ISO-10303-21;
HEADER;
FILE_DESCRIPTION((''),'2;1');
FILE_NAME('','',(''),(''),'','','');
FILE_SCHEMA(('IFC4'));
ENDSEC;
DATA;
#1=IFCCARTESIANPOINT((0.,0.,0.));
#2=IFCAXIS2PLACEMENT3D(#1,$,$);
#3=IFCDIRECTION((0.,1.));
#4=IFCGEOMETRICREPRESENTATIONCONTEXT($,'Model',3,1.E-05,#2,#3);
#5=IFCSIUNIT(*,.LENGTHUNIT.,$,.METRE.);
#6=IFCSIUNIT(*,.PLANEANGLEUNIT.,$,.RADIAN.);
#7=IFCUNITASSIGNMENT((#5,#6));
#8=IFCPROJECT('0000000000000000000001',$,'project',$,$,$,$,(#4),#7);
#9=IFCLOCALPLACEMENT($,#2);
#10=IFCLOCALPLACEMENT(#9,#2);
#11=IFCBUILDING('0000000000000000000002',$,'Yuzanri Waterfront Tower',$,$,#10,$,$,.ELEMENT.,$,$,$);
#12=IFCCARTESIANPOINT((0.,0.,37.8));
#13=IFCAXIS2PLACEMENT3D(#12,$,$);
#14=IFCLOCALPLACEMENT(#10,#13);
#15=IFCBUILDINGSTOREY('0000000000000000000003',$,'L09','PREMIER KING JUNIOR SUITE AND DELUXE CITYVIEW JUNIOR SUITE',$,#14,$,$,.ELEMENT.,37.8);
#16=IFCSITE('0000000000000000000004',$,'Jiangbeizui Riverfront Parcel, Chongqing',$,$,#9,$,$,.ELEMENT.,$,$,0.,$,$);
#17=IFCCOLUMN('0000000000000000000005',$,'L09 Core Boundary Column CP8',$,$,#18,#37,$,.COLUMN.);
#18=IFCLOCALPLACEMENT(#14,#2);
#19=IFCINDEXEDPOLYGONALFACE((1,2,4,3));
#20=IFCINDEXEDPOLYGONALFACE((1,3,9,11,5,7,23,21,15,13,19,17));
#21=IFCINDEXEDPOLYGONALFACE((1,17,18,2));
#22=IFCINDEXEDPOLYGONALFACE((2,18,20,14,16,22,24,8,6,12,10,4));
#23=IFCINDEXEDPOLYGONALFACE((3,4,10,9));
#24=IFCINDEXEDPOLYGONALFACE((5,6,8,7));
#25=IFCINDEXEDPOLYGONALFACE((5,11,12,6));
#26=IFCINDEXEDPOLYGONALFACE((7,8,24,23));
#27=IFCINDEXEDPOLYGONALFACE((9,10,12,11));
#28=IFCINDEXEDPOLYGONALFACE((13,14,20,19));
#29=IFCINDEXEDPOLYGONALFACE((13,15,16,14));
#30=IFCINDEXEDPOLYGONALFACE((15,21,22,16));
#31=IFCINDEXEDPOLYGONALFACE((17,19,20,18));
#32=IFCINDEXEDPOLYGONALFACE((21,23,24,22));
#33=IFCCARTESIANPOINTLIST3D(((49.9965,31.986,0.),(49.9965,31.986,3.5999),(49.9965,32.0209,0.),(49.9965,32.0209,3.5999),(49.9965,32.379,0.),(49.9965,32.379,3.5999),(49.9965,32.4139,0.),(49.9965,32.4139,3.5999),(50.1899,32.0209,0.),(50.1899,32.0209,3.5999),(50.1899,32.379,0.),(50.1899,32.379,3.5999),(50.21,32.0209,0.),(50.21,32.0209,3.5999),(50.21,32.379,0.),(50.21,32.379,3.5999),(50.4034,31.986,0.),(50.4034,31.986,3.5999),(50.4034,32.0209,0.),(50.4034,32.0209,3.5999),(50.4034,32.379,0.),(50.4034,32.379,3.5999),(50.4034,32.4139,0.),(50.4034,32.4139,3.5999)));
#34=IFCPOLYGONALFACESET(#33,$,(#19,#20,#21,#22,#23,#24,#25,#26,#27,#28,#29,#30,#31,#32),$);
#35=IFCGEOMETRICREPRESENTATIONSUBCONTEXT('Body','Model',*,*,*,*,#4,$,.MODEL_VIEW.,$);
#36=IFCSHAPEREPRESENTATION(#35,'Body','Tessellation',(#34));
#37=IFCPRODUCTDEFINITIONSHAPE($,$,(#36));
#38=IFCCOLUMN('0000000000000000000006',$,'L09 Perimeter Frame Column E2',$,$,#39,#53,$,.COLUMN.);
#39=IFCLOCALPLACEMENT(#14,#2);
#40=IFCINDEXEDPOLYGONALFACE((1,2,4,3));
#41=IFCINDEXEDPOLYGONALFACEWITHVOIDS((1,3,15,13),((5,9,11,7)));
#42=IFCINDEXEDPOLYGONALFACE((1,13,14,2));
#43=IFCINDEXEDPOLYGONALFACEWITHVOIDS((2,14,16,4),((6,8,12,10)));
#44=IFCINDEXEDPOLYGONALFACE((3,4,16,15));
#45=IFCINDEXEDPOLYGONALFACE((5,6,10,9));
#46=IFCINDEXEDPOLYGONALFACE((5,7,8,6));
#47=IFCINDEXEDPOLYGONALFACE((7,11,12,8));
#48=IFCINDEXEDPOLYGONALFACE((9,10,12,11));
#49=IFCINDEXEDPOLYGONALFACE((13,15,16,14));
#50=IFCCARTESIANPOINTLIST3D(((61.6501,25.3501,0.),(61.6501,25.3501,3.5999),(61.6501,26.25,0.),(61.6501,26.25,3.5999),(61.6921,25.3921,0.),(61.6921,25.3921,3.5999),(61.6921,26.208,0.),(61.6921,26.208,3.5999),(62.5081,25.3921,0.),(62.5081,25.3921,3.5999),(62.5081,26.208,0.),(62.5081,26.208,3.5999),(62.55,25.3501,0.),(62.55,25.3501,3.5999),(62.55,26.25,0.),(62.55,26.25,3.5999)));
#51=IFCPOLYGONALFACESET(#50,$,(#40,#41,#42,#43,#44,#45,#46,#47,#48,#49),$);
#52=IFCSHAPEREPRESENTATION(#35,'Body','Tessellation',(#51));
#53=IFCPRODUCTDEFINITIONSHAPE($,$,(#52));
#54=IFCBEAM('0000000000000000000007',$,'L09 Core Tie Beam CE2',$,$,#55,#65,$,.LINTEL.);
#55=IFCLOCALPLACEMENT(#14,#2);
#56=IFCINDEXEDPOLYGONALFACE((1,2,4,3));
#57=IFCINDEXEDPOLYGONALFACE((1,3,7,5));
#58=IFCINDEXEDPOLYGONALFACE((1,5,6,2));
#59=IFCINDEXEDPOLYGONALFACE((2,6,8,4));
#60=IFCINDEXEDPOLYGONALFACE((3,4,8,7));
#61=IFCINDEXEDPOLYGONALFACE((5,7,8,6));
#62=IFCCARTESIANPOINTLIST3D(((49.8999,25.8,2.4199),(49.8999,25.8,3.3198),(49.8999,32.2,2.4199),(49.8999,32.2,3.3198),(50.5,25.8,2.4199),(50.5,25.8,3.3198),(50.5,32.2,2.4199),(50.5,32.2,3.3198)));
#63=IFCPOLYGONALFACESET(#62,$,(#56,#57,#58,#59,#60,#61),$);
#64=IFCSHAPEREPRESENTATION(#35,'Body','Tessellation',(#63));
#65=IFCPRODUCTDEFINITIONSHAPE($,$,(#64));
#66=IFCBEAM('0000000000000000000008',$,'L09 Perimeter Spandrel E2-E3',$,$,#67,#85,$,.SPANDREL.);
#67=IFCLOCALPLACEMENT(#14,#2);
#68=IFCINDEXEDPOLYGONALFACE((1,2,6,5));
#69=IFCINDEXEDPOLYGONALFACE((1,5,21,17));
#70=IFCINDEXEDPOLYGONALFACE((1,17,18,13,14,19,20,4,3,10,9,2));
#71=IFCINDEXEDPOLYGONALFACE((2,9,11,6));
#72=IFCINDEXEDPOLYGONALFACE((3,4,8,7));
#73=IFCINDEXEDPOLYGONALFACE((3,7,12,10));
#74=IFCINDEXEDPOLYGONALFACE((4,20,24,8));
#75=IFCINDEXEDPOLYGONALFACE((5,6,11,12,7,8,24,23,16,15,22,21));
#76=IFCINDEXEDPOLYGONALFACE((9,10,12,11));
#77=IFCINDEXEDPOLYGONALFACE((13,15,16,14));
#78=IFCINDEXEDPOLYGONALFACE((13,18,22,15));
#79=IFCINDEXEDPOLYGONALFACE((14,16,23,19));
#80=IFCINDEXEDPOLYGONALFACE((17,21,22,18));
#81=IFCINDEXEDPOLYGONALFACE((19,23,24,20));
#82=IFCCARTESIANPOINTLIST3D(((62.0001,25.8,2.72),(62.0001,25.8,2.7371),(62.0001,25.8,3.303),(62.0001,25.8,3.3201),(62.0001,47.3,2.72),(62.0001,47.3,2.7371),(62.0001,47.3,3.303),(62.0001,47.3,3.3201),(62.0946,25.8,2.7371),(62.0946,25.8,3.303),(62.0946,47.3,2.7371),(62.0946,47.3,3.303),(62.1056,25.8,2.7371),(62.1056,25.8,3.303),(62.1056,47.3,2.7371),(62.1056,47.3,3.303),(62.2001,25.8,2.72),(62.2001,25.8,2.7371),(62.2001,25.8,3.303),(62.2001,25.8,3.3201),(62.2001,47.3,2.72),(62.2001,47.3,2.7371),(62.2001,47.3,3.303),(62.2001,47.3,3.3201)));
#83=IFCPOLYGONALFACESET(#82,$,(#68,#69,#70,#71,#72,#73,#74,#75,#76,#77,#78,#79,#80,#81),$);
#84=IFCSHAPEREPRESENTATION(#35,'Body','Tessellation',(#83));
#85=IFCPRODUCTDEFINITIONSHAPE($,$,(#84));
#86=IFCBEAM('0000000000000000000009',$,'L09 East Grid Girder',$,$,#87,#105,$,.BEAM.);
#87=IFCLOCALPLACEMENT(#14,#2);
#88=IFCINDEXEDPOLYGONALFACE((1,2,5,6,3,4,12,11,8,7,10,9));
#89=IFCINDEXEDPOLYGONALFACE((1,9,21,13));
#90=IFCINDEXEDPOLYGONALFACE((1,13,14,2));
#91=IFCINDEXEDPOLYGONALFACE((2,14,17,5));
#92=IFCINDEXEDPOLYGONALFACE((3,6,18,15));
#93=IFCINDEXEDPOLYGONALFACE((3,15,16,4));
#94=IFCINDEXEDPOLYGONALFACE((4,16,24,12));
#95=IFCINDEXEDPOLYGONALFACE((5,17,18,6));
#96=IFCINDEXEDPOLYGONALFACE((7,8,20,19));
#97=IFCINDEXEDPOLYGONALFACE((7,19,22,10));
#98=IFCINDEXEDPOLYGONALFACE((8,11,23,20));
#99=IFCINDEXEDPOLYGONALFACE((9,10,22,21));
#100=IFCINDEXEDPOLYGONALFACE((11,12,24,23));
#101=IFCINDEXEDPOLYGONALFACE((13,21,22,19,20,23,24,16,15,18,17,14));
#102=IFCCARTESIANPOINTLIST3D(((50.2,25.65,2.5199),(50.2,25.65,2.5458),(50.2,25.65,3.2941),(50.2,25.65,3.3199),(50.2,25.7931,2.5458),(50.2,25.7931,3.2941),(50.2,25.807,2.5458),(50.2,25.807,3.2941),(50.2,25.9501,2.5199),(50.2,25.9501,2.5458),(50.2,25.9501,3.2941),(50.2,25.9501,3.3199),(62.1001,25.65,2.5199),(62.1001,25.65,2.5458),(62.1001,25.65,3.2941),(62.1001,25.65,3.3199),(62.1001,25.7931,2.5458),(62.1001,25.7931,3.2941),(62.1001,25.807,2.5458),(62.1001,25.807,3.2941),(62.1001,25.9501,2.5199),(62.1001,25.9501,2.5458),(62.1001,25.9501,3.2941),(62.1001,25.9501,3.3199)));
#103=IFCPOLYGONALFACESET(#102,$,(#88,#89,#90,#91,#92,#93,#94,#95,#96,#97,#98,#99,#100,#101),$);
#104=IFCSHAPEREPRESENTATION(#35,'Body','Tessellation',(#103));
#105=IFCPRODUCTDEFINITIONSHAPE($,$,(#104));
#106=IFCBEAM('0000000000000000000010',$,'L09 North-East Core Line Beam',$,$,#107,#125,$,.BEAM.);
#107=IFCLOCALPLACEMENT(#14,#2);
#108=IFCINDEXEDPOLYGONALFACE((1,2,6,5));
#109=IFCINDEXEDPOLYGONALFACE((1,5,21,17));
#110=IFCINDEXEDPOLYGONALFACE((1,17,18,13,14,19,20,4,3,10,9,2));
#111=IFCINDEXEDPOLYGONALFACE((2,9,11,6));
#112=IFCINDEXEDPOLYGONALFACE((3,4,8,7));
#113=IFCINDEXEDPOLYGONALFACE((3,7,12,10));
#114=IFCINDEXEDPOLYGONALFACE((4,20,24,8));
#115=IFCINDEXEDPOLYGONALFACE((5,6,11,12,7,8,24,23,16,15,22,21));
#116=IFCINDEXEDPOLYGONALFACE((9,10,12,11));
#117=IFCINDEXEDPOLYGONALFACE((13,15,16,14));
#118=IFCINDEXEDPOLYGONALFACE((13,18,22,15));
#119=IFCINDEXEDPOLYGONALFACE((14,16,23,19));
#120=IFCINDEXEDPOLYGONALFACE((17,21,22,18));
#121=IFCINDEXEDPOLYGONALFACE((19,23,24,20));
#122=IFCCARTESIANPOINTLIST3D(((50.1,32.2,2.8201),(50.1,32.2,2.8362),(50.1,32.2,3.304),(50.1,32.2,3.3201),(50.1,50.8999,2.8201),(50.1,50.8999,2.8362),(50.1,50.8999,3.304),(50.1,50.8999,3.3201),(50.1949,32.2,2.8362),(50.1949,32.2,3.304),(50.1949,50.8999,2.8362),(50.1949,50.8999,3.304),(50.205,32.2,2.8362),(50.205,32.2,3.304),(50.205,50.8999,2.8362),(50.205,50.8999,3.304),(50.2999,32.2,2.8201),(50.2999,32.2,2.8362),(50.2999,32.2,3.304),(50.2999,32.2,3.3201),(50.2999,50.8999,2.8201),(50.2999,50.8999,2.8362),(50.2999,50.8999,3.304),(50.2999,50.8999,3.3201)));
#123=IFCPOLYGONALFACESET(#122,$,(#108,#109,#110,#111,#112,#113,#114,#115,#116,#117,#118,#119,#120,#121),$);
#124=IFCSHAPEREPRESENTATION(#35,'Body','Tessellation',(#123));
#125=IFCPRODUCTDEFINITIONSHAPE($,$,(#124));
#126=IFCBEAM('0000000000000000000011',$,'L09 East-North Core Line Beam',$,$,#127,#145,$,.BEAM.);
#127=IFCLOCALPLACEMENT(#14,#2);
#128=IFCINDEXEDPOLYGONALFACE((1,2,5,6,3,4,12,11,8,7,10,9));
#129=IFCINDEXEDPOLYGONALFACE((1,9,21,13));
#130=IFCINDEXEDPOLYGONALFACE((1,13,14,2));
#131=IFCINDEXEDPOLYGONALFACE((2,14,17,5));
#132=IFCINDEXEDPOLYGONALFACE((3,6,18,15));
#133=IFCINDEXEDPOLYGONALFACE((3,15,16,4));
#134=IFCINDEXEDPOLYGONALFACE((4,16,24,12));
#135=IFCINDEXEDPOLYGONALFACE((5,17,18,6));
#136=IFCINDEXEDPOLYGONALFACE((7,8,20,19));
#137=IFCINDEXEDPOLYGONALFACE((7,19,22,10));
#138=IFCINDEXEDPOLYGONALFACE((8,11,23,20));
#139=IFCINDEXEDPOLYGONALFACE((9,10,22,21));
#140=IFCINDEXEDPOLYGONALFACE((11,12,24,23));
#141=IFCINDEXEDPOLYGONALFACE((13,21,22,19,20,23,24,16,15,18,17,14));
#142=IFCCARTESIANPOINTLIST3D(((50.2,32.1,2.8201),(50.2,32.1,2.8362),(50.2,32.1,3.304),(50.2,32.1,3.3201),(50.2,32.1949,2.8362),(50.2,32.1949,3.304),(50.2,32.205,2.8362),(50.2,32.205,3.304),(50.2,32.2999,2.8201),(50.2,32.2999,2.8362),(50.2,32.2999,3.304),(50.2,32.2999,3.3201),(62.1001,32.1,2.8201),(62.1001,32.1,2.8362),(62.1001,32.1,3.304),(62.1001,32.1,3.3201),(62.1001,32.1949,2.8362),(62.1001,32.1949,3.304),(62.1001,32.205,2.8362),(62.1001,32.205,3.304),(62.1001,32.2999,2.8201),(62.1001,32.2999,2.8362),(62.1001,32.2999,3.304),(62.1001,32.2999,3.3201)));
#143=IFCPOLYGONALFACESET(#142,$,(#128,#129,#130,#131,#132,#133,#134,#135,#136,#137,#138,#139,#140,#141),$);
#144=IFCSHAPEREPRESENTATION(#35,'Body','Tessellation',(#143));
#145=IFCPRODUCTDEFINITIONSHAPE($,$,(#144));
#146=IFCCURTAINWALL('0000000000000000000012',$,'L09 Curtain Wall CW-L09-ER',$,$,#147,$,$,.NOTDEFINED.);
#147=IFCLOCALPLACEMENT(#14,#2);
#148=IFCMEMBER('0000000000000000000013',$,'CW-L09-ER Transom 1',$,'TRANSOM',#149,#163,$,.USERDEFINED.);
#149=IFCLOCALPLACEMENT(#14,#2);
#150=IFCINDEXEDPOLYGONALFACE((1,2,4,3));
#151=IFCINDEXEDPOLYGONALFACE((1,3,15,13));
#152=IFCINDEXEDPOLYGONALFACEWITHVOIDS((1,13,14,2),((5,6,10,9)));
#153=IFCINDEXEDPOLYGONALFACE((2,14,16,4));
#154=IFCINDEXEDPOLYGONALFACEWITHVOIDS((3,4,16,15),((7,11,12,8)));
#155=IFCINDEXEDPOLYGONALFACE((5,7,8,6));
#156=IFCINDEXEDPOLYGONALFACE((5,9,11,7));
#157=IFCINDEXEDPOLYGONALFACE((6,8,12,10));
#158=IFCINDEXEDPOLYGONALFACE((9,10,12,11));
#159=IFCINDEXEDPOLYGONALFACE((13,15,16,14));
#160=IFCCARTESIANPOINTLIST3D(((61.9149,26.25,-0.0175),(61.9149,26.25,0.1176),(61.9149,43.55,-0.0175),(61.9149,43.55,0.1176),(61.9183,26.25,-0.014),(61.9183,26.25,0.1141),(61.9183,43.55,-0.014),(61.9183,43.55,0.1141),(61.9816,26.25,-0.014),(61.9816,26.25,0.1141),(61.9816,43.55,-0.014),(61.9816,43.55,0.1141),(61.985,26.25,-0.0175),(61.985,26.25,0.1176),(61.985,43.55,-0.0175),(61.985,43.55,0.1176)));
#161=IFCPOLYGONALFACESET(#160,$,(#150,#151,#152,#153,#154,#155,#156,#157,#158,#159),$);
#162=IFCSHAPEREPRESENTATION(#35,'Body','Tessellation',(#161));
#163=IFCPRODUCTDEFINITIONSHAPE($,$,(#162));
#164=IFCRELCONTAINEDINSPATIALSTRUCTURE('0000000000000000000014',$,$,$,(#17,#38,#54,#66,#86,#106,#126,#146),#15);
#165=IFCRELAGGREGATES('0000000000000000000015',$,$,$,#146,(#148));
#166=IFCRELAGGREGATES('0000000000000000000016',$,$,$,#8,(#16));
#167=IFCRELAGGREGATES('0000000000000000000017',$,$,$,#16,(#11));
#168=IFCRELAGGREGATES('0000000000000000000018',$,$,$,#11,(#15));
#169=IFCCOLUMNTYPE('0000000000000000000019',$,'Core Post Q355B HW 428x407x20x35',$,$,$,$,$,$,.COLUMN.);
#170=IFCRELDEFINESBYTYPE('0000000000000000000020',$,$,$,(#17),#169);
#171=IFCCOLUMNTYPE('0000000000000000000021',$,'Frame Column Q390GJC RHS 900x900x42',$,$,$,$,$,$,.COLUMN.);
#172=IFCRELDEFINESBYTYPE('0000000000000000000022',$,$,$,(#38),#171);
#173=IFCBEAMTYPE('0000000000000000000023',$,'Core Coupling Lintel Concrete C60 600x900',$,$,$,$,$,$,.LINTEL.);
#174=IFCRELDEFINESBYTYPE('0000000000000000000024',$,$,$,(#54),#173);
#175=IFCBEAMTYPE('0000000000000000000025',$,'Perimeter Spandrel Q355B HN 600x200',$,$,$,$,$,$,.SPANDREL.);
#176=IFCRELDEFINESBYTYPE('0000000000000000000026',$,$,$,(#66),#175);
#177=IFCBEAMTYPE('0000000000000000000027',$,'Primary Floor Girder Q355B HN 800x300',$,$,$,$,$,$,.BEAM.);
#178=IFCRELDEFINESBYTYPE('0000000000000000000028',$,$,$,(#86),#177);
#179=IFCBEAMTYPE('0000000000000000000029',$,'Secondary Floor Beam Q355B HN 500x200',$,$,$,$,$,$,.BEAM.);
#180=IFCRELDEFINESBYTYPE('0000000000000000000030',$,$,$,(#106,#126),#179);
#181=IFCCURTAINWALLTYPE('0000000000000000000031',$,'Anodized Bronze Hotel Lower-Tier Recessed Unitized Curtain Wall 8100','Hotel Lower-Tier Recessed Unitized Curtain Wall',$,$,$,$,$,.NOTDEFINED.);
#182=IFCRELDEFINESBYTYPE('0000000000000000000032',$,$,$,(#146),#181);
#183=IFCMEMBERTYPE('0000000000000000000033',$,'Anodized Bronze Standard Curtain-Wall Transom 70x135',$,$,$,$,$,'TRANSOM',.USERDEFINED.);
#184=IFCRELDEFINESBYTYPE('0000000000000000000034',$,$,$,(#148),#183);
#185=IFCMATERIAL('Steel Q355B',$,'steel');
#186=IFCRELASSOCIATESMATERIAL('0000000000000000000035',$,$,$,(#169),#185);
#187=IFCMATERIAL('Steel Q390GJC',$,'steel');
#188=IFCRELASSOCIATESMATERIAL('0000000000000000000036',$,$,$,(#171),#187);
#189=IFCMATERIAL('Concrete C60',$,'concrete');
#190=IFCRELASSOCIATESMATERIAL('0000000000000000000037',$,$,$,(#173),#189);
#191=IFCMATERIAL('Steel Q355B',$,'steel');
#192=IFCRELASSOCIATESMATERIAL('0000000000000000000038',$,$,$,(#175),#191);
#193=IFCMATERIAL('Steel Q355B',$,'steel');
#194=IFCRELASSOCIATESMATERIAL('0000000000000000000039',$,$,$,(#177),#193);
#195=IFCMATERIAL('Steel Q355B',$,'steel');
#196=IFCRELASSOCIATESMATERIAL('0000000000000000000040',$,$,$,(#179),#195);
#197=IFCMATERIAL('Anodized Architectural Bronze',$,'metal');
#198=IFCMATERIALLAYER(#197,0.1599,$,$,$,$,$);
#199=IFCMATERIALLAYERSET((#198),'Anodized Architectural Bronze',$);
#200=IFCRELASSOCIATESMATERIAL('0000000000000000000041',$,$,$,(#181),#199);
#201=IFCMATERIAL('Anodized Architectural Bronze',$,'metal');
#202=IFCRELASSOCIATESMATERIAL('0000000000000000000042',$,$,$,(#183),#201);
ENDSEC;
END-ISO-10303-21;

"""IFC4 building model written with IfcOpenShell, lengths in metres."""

from ifc_helpers import new_model, si_unit, direction, frame, origin, origin_2d, place, context, subcontext, project, spatial, rectangle, hollow_rectangle, i_section, extrude, source, transform, mapped, material, layer, layer_set, material_profile, profile_set, type_object, element, aggregate, save


model = new_model("IFC4")

# Units and contexts
model_context = context("Model", 3, precision=1e-05, world=origin(), true_north=direction((0.0, 1.0)))
body_context = subcontext(model_context, "Body", "Model", "MODEL_VIEW")
ifc_project = project(units=[si_unit("LENGTHUNIT", "METRE"), si_unit("PLANEANGLEUNIT", "RADIAN")], contexts=[model_context])

# Site, building, storey
site_placement = place(None, origin())
site = spatial("IfcSite", under=ifc_project, at=site_placement, Name="Jiangbeizui Riverfront Parcel, Chongqing", CompositionType="ELEMENT", RefElevation=0.0)
building_placement = place(site_placement, origin())
building = spatial("IfcBuilding", under=site, at=building_placement, Name="Yuzanri Waterfront Tower", CompositionType="ELEMENT")
storey_placement = place(building_placement, frame((0.0, 0.0, 37.8)))
storey = spatial("IfcBuildingStorey", under=building, at=storey_placement, Name="L09", Description="PREMIER KING JUNIOR SUITE AND DELUXE CITYVIEW JUNIOR SUITE", CompositionType="ELEMENT", Elevation=37.8)

# Columns
ifc_material_1 = material(Name="Steel Q355B", Category="steel")
ifc_material_profile_1 = material_profile(ifc_material_1, i_section(OverallWidth=0.407, OverallDepth=0.428, WebThickness=0.02, FlangeThickness=0.0349, at=origin_2d()), Name="HW 428x407x20x35")
ifc_profile_set_1 = profile_set([ifc_material_profile_1], Name="Steel Q355B")
column_type_1 = type_object("IfcColumnType", Name="Core Post Q355B HW 428x407x20x35", PredefinedType="COLUMN", material=ifc_profile_set_1)
shared_shape_1 = source(origin(), body_context, "Body", "SweptSolid", [
    extrude(i_section(OverallWidth=0.407, OverallDepth=0.428, WebThickness=0.02, FlangeThickness=0.0349, at=origin_2d()), origin(), (0.0, 0.0, 1.0), 3.5999),
])
column_1_placement = place(storey_placement, frame((50.2, 32.2, 0.0), z_axis=(0.0, 0.0, 1.0), x_axis=(1.0, 0.0, 0.0)))
element("IfcColumn", 1, at=column_1_placement, inside=storey, type_object=column_type_1, Name="L09 Core Boundary Column CP8", PredefinedType="COLUMN", context=body_context, shape_type="MappedRepresentation", body=[
    mapped(shared_shape_1, transform((0.0, 0.0, 0.0), scale=1.0)),
])
ifc_material_2 = material(Name="Steel Q390GJC", Category="steel")
ifc_material_profile_2 = material_profile(ifc_material_2, hollow_rectangle(XDim=0.8999, YDim=0.8999, WallThickness=0.042, at=origin_2d()), Name="RHS 900x900x42")
ifc_profile_set_2 = profile_set([ifc_material_profile_2], Name="Steel Q390GJC")
column_type_2 = type_object("IfcColumnType", Name="Frame Column Q390GJC RHS 900x900x42", PredefinedType="COLUMN", material=ifc_profile_set_2)
shared_shape_2 = source(origin(), body_context, "Body", "SweptSolid", [
    extrude(hollow_rectangle(XDim=0.8999, YDim=0.8999, WallThickness=0.042, at=origin_2d()), origin(), (0.0, 0.0, 1.0), 3.5999),
])
column_2_placement = place(storey_placement, frame((62.1001, 25.8, 0.0), z_axis=(0.0, 0.0, 1.0), x_axis=(1.0, 0.0, 0.0)))
element("IfcColumn", 2, at=column_2_placement, inside=storey, type_object=column_type_2, Name="L09 Perimeter Frame Column E2", PredefinedType="COLUMN", context=body_context, shape_type="MappedRepresentation", body=[
    mapped(shared_shape_2, transform((0.0, 0.0, 0.0), scale=1.0)),
])

# Beams
ifc_material_3 = material(Name="Concrete C60", Category="concrete")
ifc_material_profile_3 = material_profile(ifc_material_3, rectangle(XDim=0.6001, YDim=0.8999, at=origin_2d()), Name="RC 600x900")
ifc_profile_set_3 = profile_set([ifc_material_profile_3], Name="Concrete C60")
beam_type_1 = type_object("IfcBeamType", Name="Core Coupling Lintel Concrete C60 600x900", PredefinedType="LINTEL", material=ifc_profile_set_3)
shared_shape_3 = source(origin(), body_context, "Body", "SweptSolid", [
    extrude(rectangle(XDim=0.6001, YDim=0.8999, at=origin_2d()), origin(), (0.0, 0.0, 1.0), 6.3999),
])
beam_1_placement = place(storey_placement, frame((50.2, 25.8, 2.8699), z_axis=(0.0, 1.0, 0.0), x_axis=(-1.0, 0.0, 0.0)))
element("IfcBeam", 3, at=beam_1_placement, inside=storey, type_object=beam_type_1, Name="L09 Core Tie Beam CE2", PredefinedType="LINTEL", context=body_context, shape_type="MappedRepresentation", body=[
    mapped(shared_shape_3, transform((0.0, 0.0, 0.0), scale=1.0)),
])
ifc_material_4 = material(Name="Steel Q355B", Category="steel")
ifc_material_profile_4 = material_profile(ifc_material_4, i_section(OverallWidth=0.2, OverallDepth=0.6001, WebThickness=0.011, FlangeThickness=0.0171, at=origin_2d()), Name="HN 600x200x11x17")
ifc_profile_set_4 = profile_set([ifc_material_profile_4], Name="Steel Q355B")
beam_type_2 = type_object("IfcBeamType", Name="Perimeter Spandrel Q355B HN 600x200", PredefinedType="SPANDREL", material=ifc_profile_set_4)
shared_shape_4 = source(origin(), body_context, "Body", "SweptSolid", [
    extrude(i_section(OverallWidth=0.2, OverallDepth=0.6001, WebThickness=0.011, FlangeThickness=0.0171, at=origin_2d()), origin(), (0.0, 0.0, 1.0), 21.5),
])
beam_2_placement = place(storey_placement, frame((62.1001, 25.8, 3.02), z_axis=(0.0, 1.0, 0.0), x_axis=(-1.0, 0.0, 0.0)))
element("IfcBeam", 4, at=beam_2_placement, inside=storey, type_object=beam_type_2, Name="L09 Perimeter Spandrel E2-E3", PredefinedType="SPANDREL", context=body_context, shape_type="MappedRepresentation", body=[
    mapped(shared_shape_4, transform((0.0, 0.0, 0.0), scale=1.0)),
])
ifc_material_5 = material(Name="Steel Q355B", Category="steel")
ifc_material_profile_5 = material_profile(ifc_material_5, i_section(OverallWidth=0.3, OverallDepth=0.8, WebThickness=0.0139, FlangeThickness=0.0259, at=origin_2d()), Name="HN 800x300x14x26")
ifc_profile_set_5 = profile_set([ifc_material_profile_5], Name="Steel Q355B")
beam_type_3 = type_object("IfcBeamType", Name="Primary Floor Girder Q355B HN 800x300", PredefinedType="BEAM", material=ifc_profile_set_5)
shared_shape_5 = source(origin(), body_context, "Body", "SweptSolid", [
    extrude(i_section(OverallWidth=0.3, OverallDepth=0.8, WebThickness=0.0139, FlangeThickness=0.0259, at=origin_2d()), origin(), (0.0, 0.0, 1.0), 11.9001),
])
beam_3_placement = place(storey_placement, frame((50.2, 25.8, 2.9199), z_axis=(1.0, 0.0, 0.0), x_axis=(0.0, 1.0, 0.0)))
element("IfcBeam", 5, at=beam_3_placement, inside=storey, type_object=beam_type_3, Name="L09 East Grid Girder", PredefinedType="BEAM", context=body_context, shape_type="MappedRepresentation", body=[
    mapped(shared_shape_5, transform((0.0, 0.0, 0.0), scale=1.0)),
])
ifc_material_6 = material(Name="Steel Q355B", Category="steel")
ifc_material_profile_6 = material_profile(ifc_material_6, i_section(OverallWidth=0.2, OverallDepth=0.5, WebThickness=0.01, FlangeThickness=0.0161, at=origin_2d()), Name="HN 500x200x10x16")
ifc_profile_set_6 = profile_set([ifc_material_profile_6], Name="Steel Q355B")
beam_type_4 = type_object("IfcBeamType", Name="Secondary Floor Beam Q355B HN 500x200", PredefinedType="BEAM", material=ifc_profile_set_6)
shared_shape_6 = source(origin(), body_context, "Body", "SweptSolid", [
    extrude(i_section(OverallWidth=0.2, OverallDepth=0.5, WebThickness=0.01, FlangeThickness=0.0161, at=origin_2d()), origin(), (0.0, 0.0, 1.0), 18.7),
])
beam_4_placement = place(storey_placement, frame((50.2, 32.2, 3.0701), z_axis=(0.0, 1.0, 0.0), x_axis=(-1.0, 0.0, 0.0)))
element("IfcBeam", 6, at=beam_4_placement, inside=storey, type_object=beam_type_4, Name="L09 North-East Core Line Beam", PredefinedType="BEAM", context=body_context, shape_type="MappedRepresentation", body=[
    mapped(shared_shape_6, transform((0.0, 0.0, 0.0), scale=1.0)),
])
shared_shape_7 = source(origin(), body_context, "Body", "SweptSolid", [
    extrude(i_section(OverallWidth=0.2, OverallDepth=0.5, WebThickness=0.01, FlangeThickness=0.0161, at=origin_2d()), origin(), (0.0, 0.0, 1.0), 11.9001),
])
beam_5_placement = place(storey_placement, frame((50.2, 32.2, 3.0701), z_axis=(1.0, 0.0, 0.0), x_axis=(0.0, 1.0, 0.0)))
element("IfcBeam", 7, at=beam_5_placement, inside=storey, type_object=beam_type_4, Name="L09 East-North Core Line Beam", PredefinedType="BEAM", context=body_context, shape_type="MappedRepresentation", body=[
    mapped(shared_shape_7, transform((0.0, 0.0, 0.0), scale=1.0)),
])

# Curtain wall, member
ifc_material_7 = material(Name="Anodized Architectural Bronze", Category="metal")
ifc_layer_1 = layer(ifc_material_7, 0.1599)
ifc_layer_set_1 = layer_set([ifc_layer_1], Name="Anodized Architectural Bronze")
curtain_wall_type = type_object("IfcCurtainWallType", Name="Anodized Bronze Hotel Lower-Tier Recessed Unitized Curtain Wall 8100", Description="Hotel Lower-Tier Recessed Unitized Curtain Wall", PredefinedType="NOTDEFINED", material=ifc_layer_set_1)
curtain_wall_1_placement = place(storey_placement, origin())
curtain_wall_1 = element("IfcCurtainWall", 8, at=curtain_wall_1_placement, inside=storey, type_object=curtain_wall_type, Name="L09 Curtain Wall CW-L09-ER", PredefinedType="NOTDEFINED")
ifc_material_8 = material(Name="Anodized Architectural Bronze", Category="metal")
ifc_material_profile_7 = material_profile(ifc_material_8, hollow_rectangle(XDim=0.0701, YDim=0.135, WallThickness=0.0034, at=origin_2d()), Name="CWT 70x135")
ifc_profile_set_7 = profile_set([ifc_material_profile_7], Name="Anodized Architectural Bronze")
member_type_1 = type_object("IfcMemberType", Name="Anodized Bronze Standard Curtain-Wall Transom 70x135", ElementType="TRANSOM", PredefinedType="USERDEFINED", material=ifc_profile_set_7)
shared_shape_8 = source(origin(), body_context, "Body", "SweptSolid", [
    extrude(hollow_rectangle(XDim=0.0701, YDim=0.135, WallThickness=0.0034, at=origin_2d()), origin(), (0.0, 0.0, 1.0), 17.3),
])
member_1_placement = place(storey_placement, frame((61.95, 26.25, 0.05), z_axis=(0.0, 1.0, 0.0), x_axis=(-1.0, 0.0, 0.0)))
member_1 = element("IfcMember", 9, at=member_1_placement, type_object=member_type_1, Name="CW-L09-ER Transom 1", ObjectType="TRANSOM", PredefinedType="USERDEFINED", context=body_context, shape_type="MappedRepresentation", body=[
    mapped(shared_shape_8, transform((0.0, 0.0, 0.0), scale=1.0)),
])

aggregate(curtain_wall_1, [member_1])

save(model, "model.ifc")
